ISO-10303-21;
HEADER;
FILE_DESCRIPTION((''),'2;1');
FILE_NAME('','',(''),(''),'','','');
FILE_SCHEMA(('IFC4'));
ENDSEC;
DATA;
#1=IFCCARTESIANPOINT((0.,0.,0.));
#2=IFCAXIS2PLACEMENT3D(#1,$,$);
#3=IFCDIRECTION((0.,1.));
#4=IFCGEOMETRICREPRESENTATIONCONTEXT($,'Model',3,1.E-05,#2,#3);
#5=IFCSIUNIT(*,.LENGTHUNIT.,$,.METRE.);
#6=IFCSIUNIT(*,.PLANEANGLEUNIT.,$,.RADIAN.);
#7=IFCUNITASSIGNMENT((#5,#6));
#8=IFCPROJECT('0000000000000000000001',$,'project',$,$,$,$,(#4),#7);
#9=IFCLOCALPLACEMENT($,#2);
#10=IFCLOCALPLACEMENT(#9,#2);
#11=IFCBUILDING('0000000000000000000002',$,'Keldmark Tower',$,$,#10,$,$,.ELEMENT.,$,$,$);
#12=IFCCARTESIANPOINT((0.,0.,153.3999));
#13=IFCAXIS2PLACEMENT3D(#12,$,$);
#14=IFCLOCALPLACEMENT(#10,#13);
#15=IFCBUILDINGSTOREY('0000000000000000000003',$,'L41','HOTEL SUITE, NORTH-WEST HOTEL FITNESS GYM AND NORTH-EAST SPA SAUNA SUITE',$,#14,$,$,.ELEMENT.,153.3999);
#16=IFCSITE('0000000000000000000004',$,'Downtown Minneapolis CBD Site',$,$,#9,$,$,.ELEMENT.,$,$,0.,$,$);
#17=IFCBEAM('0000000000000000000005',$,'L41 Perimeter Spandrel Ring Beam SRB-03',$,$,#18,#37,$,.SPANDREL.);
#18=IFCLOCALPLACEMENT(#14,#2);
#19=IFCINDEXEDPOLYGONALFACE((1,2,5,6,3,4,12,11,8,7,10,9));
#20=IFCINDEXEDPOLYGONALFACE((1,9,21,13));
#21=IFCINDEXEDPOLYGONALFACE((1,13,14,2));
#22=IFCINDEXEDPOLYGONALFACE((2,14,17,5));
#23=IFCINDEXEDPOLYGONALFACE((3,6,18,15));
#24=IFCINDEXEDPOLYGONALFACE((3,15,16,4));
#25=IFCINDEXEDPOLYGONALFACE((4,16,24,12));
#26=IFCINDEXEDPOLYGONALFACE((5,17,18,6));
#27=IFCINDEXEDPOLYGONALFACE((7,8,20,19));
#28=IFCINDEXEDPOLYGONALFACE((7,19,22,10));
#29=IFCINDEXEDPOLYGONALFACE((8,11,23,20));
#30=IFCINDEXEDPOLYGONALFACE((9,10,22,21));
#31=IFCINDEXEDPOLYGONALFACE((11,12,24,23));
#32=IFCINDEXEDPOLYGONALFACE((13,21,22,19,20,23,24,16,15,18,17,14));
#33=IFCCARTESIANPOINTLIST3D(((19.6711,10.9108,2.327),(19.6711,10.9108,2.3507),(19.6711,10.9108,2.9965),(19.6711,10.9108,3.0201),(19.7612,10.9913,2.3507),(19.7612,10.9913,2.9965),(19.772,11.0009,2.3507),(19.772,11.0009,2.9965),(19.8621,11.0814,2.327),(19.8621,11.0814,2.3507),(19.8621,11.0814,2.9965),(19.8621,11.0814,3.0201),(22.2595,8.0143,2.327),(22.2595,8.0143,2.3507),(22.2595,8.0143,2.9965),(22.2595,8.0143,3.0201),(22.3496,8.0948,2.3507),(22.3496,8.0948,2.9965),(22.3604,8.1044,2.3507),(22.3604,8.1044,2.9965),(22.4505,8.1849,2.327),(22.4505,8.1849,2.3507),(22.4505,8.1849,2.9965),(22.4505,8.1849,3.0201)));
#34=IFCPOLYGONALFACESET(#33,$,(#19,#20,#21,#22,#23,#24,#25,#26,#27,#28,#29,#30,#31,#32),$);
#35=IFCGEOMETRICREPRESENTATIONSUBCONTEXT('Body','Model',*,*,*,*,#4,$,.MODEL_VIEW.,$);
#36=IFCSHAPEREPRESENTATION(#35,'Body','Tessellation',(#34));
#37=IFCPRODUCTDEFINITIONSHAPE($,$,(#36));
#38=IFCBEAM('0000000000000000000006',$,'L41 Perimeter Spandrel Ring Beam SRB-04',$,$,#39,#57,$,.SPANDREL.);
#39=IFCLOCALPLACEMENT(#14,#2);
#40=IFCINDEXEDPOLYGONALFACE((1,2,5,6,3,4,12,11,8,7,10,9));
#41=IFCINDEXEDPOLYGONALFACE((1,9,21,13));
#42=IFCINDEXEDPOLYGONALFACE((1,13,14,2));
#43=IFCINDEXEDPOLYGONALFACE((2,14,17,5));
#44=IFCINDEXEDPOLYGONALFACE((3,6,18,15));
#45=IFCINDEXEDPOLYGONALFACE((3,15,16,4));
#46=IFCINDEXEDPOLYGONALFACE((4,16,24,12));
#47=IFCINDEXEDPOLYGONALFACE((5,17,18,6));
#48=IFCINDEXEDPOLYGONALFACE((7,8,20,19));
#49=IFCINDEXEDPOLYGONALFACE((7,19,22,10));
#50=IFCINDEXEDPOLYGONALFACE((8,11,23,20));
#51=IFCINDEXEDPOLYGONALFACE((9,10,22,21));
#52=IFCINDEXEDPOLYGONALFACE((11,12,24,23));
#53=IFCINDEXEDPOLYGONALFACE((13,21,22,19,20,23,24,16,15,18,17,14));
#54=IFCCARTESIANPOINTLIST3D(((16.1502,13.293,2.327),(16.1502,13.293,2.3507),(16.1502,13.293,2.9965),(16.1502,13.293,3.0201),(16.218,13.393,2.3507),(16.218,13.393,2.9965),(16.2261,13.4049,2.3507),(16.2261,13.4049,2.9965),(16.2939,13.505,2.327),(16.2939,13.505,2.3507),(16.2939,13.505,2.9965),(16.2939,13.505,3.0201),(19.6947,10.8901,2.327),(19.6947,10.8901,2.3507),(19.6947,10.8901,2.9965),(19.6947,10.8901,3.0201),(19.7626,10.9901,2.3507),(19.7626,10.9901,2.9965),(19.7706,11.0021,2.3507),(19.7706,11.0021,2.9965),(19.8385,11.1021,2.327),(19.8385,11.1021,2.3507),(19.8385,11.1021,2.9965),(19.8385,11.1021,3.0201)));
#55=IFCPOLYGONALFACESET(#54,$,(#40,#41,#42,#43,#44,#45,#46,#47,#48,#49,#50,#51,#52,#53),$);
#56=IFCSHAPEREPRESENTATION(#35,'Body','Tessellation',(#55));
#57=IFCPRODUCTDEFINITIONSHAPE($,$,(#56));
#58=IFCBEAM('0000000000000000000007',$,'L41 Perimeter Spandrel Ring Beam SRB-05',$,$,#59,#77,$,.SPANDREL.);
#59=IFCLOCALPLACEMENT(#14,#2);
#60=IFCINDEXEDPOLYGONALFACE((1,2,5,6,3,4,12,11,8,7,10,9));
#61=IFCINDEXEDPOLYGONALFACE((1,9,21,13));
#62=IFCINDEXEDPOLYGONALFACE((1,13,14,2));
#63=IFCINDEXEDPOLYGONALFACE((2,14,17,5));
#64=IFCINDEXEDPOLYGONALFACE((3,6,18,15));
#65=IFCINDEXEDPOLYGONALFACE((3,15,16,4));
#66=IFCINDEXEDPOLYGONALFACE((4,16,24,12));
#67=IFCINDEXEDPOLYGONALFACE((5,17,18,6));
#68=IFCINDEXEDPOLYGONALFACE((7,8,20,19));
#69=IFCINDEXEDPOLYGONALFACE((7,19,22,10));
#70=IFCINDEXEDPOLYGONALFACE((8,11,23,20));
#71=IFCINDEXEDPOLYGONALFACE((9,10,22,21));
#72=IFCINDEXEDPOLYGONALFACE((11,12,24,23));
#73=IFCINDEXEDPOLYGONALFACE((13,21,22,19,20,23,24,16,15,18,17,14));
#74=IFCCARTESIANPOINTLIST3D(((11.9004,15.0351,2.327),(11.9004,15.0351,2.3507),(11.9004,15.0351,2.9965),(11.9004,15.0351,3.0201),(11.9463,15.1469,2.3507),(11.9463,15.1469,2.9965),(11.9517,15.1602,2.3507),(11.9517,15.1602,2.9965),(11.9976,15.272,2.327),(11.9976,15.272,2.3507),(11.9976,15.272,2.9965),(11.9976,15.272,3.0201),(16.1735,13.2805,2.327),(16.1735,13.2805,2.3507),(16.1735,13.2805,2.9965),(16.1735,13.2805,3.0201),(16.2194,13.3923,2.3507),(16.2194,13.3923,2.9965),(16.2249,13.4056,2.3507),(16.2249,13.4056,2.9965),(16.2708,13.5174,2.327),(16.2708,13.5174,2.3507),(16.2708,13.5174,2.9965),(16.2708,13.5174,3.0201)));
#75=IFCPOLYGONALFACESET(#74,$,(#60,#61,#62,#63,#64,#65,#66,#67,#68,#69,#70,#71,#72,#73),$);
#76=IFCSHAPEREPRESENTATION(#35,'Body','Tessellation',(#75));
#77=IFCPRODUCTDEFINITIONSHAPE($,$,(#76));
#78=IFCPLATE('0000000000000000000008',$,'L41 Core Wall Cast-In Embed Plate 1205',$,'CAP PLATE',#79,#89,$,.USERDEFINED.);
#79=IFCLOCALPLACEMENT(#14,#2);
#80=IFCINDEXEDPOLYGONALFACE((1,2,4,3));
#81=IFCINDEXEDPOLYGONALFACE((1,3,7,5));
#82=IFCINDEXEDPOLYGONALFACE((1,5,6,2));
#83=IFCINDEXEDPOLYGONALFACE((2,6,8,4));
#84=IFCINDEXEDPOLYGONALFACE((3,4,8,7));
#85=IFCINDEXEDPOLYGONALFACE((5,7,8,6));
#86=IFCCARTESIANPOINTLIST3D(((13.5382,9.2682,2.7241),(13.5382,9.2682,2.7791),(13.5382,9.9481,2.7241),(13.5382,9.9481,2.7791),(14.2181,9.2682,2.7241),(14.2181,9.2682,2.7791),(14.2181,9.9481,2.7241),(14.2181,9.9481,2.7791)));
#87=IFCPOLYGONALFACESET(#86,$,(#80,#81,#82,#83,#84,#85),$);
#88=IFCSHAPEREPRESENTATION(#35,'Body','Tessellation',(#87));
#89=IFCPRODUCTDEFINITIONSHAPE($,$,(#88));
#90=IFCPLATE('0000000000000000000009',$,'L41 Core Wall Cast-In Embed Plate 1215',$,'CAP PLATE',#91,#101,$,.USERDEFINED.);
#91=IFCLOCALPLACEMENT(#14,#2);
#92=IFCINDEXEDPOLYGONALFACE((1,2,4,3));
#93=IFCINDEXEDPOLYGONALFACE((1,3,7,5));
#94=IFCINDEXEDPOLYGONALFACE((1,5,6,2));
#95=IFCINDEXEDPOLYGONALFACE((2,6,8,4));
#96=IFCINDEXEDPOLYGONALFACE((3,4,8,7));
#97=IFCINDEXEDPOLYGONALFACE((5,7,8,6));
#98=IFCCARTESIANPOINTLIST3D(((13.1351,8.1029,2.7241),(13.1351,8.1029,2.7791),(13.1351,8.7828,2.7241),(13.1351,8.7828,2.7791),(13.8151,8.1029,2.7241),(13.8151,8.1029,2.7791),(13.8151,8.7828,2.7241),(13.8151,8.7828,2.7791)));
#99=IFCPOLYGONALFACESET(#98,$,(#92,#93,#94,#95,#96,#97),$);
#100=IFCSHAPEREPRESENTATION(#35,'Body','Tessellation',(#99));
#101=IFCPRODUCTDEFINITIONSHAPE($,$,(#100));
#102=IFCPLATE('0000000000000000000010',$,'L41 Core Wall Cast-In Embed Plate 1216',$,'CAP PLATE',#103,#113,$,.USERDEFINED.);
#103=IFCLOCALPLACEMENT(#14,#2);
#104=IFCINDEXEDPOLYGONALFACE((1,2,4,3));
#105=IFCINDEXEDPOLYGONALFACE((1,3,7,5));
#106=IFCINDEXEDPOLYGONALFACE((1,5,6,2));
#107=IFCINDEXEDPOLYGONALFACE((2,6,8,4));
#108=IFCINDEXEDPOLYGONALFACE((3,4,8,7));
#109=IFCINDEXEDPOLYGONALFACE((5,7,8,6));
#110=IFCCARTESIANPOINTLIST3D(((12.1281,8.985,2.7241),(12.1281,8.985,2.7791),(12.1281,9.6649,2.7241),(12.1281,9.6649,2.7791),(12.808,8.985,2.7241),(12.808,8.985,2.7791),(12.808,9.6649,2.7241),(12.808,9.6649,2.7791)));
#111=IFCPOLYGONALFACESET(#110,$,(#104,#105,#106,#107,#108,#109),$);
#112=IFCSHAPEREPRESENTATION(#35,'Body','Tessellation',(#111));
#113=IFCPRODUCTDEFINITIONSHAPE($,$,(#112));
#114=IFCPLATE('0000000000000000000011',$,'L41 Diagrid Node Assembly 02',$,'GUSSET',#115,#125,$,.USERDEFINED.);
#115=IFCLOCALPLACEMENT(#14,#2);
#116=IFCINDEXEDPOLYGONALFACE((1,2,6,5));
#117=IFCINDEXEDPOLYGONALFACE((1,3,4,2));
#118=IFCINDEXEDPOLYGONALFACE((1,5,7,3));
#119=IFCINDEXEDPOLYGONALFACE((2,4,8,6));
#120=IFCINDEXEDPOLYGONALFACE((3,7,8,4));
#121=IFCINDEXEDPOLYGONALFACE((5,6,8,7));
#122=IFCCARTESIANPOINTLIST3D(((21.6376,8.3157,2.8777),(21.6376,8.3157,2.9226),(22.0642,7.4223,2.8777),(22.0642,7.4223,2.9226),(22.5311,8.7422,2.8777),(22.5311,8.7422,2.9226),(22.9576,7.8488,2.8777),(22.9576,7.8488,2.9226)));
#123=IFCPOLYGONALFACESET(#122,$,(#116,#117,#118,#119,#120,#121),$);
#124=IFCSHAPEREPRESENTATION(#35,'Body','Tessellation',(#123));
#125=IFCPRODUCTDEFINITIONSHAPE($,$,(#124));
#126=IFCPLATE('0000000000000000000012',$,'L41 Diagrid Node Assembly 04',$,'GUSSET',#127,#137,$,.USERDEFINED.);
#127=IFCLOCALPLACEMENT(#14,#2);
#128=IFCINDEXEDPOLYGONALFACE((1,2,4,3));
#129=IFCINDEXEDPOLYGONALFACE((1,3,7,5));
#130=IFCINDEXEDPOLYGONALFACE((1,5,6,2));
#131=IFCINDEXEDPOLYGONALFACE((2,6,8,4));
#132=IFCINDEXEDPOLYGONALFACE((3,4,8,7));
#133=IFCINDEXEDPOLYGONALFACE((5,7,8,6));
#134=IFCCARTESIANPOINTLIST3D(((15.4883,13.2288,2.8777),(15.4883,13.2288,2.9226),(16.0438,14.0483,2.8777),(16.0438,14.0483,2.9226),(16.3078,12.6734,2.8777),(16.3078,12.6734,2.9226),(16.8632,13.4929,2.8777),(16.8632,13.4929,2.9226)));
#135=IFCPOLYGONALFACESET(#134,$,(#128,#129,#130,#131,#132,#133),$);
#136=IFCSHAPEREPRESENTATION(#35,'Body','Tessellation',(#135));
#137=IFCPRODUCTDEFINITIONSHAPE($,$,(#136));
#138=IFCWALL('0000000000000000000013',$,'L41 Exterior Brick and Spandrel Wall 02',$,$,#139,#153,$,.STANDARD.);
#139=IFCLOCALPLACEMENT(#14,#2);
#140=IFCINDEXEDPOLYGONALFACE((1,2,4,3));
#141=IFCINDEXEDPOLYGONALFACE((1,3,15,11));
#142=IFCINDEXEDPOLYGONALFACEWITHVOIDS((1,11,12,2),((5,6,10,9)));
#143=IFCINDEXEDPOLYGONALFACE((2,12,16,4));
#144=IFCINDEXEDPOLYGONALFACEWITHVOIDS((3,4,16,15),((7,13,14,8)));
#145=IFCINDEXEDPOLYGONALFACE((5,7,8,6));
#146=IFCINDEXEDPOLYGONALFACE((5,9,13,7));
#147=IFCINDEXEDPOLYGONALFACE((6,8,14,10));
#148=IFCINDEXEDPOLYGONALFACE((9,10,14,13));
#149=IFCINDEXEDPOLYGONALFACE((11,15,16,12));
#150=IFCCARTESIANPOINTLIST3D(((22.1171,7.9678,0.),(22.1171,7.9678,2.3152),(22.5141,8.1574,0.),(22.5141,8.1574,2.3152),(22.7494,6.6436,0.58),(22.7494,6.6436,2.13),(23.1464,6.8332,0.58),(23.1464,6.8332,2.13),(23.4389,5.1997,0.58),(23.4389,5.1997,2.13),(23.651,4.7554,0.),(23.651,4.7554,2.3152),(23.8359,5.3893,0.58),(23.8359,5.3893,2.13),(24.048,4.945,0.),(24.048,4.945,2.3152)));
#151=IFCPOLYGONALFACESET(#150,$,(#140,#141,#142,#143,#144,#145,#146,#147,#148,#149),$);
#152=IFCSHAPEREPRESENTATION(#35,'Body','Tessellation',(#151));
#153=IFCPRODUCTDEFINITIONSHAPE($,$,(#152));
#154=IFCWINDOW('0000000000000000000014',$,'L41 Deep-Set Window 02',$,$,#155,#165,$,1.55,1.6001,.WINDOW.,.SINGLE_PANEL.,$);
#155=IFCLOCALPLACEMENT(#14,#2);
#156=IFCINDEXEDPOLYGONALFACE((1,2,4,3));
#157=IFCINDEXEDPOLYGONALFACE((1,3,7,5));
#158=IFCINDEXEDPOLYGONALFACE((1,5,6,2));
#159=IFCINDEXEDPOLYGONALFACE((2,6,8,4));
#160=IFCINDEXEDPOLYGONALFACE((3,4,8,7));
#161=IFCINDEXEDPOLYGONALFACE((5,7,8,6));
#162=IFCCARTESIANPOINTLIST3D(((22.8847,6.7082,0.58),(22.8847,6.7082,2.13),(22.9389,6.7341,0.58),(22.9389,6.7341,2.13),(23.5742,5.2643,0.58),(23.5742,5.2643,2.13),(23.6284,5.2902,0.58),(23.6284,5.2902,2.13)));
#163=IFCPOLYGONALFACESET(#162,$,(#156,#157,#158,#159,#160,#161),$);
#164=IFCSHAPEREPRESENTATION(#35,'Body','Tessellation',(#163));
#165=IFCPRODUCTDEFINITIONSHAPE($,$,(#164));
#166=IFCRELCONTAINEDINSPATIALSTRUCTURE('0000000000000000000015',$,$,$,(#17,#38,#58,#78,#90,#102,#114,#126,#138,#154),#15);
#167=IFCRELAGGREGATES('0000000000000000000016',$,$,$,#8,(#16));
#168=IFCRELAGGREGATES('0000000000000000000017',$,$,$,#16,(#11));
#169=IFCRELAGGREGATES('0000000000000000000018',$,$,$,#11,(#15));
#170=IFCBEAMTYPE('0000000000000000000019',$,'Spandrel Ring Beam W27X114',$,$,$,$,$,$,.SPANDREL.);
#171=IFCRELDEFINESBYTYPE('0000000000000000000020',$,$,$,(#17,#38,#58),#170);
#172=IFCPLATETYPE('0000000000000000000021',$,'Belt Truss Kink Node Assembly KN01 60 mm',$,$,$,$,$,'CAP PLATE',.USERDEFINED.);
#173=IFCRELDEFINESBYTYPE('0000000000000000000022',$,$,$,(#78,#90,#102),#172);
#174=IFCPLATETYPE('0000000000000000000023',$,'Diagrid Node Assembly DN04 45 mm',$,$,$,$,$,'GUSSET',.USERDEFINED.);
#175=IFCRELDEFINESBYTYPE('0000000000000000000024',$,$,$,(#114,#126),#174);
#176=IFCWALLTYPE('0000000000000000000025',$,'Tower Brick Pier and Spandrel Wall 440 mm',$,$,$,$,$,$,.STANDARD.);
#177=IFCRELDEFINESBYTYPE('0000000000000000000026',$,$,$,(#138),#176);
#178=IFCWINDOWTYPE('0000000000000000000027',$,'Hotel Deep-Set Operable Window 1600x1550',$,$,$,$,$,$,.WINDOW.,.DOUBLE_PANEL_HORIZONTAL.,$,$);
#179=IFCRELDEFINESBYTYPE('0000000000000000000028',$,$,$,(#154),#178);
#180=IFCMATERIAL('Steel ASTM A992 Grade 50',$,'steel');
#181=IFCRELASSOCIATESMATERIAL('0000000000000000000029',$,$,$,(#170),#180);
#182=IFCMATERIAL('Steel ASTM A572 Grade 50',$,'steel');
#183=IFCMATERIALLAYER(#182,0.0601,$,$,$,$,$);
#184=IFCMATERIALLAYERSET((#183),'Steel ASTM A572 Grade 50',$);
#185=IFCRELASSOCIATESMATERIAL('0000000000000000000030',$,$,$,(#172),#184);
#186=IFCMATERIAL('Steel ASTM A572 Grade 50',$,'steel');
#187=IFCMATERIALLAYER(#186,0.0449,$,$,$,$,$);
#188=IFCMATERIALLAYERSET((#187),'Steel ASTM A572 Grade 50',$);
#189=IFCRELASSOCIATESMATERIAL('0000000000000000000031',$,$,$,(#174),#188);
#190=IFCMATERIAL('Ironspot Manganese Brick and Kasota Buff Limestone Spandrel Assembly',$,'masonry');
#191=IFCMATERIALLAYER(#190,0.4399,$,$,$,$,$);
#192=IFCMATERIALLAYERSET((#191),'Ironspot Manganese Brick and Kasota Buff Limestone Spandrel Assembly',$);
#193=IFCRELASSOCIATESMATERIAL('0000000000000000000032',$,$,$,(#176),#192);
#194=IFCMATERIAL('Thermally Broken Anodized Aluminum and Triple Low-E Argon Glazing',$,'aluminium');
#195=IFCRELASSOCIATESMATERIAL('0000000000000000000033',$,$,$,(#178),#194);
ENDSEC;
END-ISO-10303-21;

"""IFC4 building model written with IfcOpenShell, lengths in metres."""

from ifc_helpers import new_model, si_unit, direction, frame, frame_2d, origin, origin_2d, place, context, subcontext, project, spatial, rectangle, i_section, extrude, material, layer, layer_set, material_profile, profile_set, type_object, element, fill, save


model = new_model("IFC4")

# Units and contexts
model_context = context("Model", 3, precision=1e-05, world=origin(), true_north=direction((0.0, 1.0)))
body_context = subcontext(model_context, "Body", "Model", "MODEL_VIEW")
ifc_project = project(units=[si_unit("LENGTHUNIT", "METRE"), si_unit("PLANEANGLEUNIT", "RADIAN")], contexts=[model_context])

# Site, building, storey
site_placement = place(None, origin())
site = spatial("IfcSite", under=ifc_project, at=site_placement, Name="Downtown Minneapolis CBD Site", CompositionType="ELEMENT", RefElevation=0.0)
building_placement = place(site_placement, origin())
building = spatial("IfcBuilding", under=site, at=building_placement, Name="Keldmark Tower", CompositionType="ELEMENT")
storey_placement = place(building_placement, frame((0.0, 0.0, 153.3999)))
storey = spatial("IfcBuildingStorey", under=building, at=storey_placement, Name="L41", Description="HOTEL SUITE, NORTH-WEST HOTEL FITNESS GYM AND NORTH-EAST SPA SAUNA SUITE", CompositionType="ELEMENT", Elevation=153.3999)

# Beams
ifc_material_1 = material(Name="Steel ASTM A992 Grade 50", Category="steel")
ifc_material_profile_1 = material_profile(ifc_material_1, i_section(OverallWidth=0.2561, OverallDepth=0.6931, WebThickness=0.0144, FlangeThickness=0.0237, at=origin_2d()), Name="W27X114")
ifc_profile_set_1 = profile_set([ifc_material_profile_1], Name="Steel ASTM A992 Grade 50")
beam_type_1 = type_object("IfcBeamType", Name="Spandrel Ring Beam W27X114", PredefinedType="SPANDREL", material=ifc_profile_set_1)
beam_1_placement = place(storey_placement, frame((22.355, 8.0996, 2.6736), z_axis=(-0.666335, 0.745652, 0.0), x_axis=(-0.745652, -0.666335, 0.0)))
element("IfcBeam", 1, at=beam_1_placement, inside=storey, type_object=beam_type_1, Name="L41 Perimeter Spandrel Ring Beam SRB-03", PredefinedType="SPANDREL", context=body_context, shape_type="SweptSolid", body=[
    extrude(i_section(OverallWidth=0.2561, OverallDepth=0.6931, WebThickness=0.0144, FlangeThickness=0.0237, at=origin_2d()), origin(), (0.0, 0.0, 1.0), 3.8845),
])
beam_2_placement = place(storey_placement, frame((19.7666, 10.9961, 2.6736), z_axis=(-0.827727, 0.56113, 0.0), x_axis=(-0.56113, -0.827727, 0.0)))
element("IfcBeam", 2, at=beam_2_placement, inside=storey, type_object=beam_type_1, Name="L41 Perimeter Spandrel Ring Beam SRB-04", PredefinedType="SPANDREL", context=body_context, shape_type="SweptSolid", body=[
    extrude(i_section(OverallWidth=0.2561, OverallDepth=0.6931, WebThickness=0.0144, FlangeThickness=0.0237, at=origin_2d()), origin(), (0.0, 0.0, 1.0), 4.2822),
])
beam_3_placement = place(storey_placement, frame((16.2222, 13.3989, 2.6736), z_axis=(-0.925052, 0.379841, 0.0), x_axis=(-0.379841, -0.925052, 0.0)))
element("IfcBeam", 3, at=beam_3_placement, inside=storey, type_object=beam_type_1, Name="L41 Perimeter Spandrel Ring Beam SRB-05", PredefinedType="SPANDREL", context=body_context, shape_type="SweptSolid", body=[
    extrude(i_section(OverallWidth=0.2561, OverallDepth=0.6931, WebThickness=0.0144, FlangeThickness=0.0237, at=origin_2d()), origin(), (0.0, 0.0, 1.0), 4.6194),
])

# Plates
ifc_material_2 = material(Name="Steel ASTM A572 Grade 50", Category="steel")
ifc_layer_1 = layer(ifc_material_2, 0.0601)
ifc_layer_set_1 = layer_set([ifc_layer_1], Name="Steel ASTM A572 Grade 50")
plate_type_1 = type_object("IfcPlateType", Name="Belt Truss Kink Node Assembly KN01 60 mm", ElementType="CAP PLATE", PredefinedType="USERDEFINED", material=ifc_layer_set_1)
for number, where, z_axis, x_axis, name in (
    (4, (13.8782, 9.6082, 2.7241), (0.0, 0.0, 1.0), (1.0, 0.0, 0.0), "L41 Core Wall Cast-In Embed Plate 1205"),
    (5, (13.4751, 8.4429, 2.7241), (0.0, 0.0, 1.0), (1.0, 0.0, 0.0), "L41 Core Wall Cast-In Embed Plate 1215"),
    (6, (12.468, 9.325, 2.7241), (0.0, 0.0, 1.0), (1.0, 0.0, 0.0), "L41 Core Wall Cast-In Embed Plate 1216"),
):
    element("IfcPlate", number, at=place(storey_placement, frame(where, z_axis=z_axis, x_axis=x_axis)), inside=storey, type_object=plate_type_1, Name=name, ObjectType="CAP PLATE", PredefinedType="USERDEFINED", context=body_context, shape_type="SweptSolid", body=[
        extrude(rectangle(XDim=0.6799, YDim=0.6799, at=origin_2d()), origin(), (0.0, 0.0, 1.0), 0.0549),
    ])
ifc_material_3 = material(Name="Steel ASTM A572 Grade 50", Category="steel")
ifc_layer_2 = layer(ifc_material_3, 0.0449)
ifc_layer_set_2 = layer_set([ifc_layer_2], Name="Steel ASTM A572 Grade 50")
plate_type_2 = type_object("IfcPlateType", Name="Diagrid Node Assembly DN04 45 mm", ElementType="GUSSET", PredefinedType="USERDEFINED", material=ifc_layer_set_2)
for number, where, z_axis, x_axis, name in (
    (7, (22.2976, 8.0823, 2.8777), (0.0, 0.0, 1.0), (-0.430826, 0.902435, 0.0), "L41 Diagrid Node Assembly 02"),
    (8, (16.1758, 13.3608, 2.8777), (0.0, 0.0, 1.0), (-0.827767, 0.561072, 0.0), "L41 Diagrid Node Assembly 04"),
):
    element("IfcPlate", number, at=place(storey_placement, frame(where, z_axis=z_axis, x_axis=x_axis)), inside=storey, type_object=plate_type_2, Name=name, ObjectType="GUSSET", PredefinedType="USERDEFINED", context=body_context, shape_type="SweptSolid", body=[
        extrude(rectangle(XDim=0.99, YDim=0.99, at=origin_2d()), origin(), (0.0, 0.0, 1.0), 0.0449),
    ])

# Wall, opening, window
ifc_material_4 = material(Name="Ironspot Manganese Brick and Kasota Buff Limestone Spandrel Assembly", Category="masonry")
ifc_layer_3 = layer(ifc_material_4, 0.4399)
ifc_layer_set_3 = layer_set([ifc_layer_3], Name="Ironspot Manganese Brick and Kasota Buff Limestone Spandrel Assembly")
wall_type = type_object("IfcWallType", Name="Tower Brick Pier and Spandrel Wall 440 mm", PredefinedType="STANDARD", material=ifc_layer_set_3)
wall_1_placement = place(storey_placement, frame((22.3157, 8.0625, 0.0), z_axis=(0.0, 0.0, 1.0), x_axis=(0.4309, -0.9024, 0.0)))
wall_1 = element("IfcWall", 9, at=wall_1_placement, inside=storey, type_object=wall_type, Name="L41 Exterior Brick and Spandrel Wall 02", PredefinedType="STANDARD", context=body_context, shape_type="SweptSolid", body=[
    extrude(rectangle(XDim=3.5598, YDim=0.4399, at=frame_2d((1.7798, 0.0))), origin(), (0.0, 0.0, 1.0), 2.3152),
])
opening_1_placement = place(wall_1_placement, frame((1.4673, 0.0, 0.5801)))
opening_1 = element("IfcOpeningElement", 10, at=opening_1_placement, cuts=wall_1, PredefinedType="OPENING", context=body_context, shape_type="SweptSolid", body=[
    extrude(rectangle(XDim=1.6001, YDim=1.55, at=frame_2d((0.8, 0.7749))), frame((0.0, 0.23, 0.0), z_axis=(0.0, -1.0, 0.0), x_axis=(1.0, 0.0, 0.0)), (0.0, 0.0, 1.0), 0.46),
])
ifc_material_5 = material(Name="Thermally Broken Anodized Aluminum and Triple Low-E Argon Glazing", Category="aluminium")
window_type = type_object("IfcWindowType", Name="Hotel Deep-Set Operable Window 1600x1550", PartitioningType="DOUBLE_PANEL_HORIZONTAL", PredefinedType="WINDOW", material=ifc_material_5)
window_1_placement = place(opening_1_placement, origin())
window_1 = element("IfcWindow", 11, at=window_1_placement, inside=storey, type_object=window_type, Name="L41 Deep-Set Window 02", OverallHeight=1.55, OverallWidth=1.6001, PartitioningType="SINGLE_PANEL", PredefinedType="WINDOW", context=body_context, shape_type="SweptSolid", body=[
    extrude(rectangle(XDim=1.6001, YDim=1.55, at=frame_2d((0.8, 0.7749))), frame((0.0, -0.01, 0.0), z_axis=(0.0, -1.0, 0.0), x_axis=(1.0, 0.0, 0.0)), (0.0, 0.0, 1.0), 0.0601),
])
fill(opening_1, window_1)

save(model, "model.ifc")
